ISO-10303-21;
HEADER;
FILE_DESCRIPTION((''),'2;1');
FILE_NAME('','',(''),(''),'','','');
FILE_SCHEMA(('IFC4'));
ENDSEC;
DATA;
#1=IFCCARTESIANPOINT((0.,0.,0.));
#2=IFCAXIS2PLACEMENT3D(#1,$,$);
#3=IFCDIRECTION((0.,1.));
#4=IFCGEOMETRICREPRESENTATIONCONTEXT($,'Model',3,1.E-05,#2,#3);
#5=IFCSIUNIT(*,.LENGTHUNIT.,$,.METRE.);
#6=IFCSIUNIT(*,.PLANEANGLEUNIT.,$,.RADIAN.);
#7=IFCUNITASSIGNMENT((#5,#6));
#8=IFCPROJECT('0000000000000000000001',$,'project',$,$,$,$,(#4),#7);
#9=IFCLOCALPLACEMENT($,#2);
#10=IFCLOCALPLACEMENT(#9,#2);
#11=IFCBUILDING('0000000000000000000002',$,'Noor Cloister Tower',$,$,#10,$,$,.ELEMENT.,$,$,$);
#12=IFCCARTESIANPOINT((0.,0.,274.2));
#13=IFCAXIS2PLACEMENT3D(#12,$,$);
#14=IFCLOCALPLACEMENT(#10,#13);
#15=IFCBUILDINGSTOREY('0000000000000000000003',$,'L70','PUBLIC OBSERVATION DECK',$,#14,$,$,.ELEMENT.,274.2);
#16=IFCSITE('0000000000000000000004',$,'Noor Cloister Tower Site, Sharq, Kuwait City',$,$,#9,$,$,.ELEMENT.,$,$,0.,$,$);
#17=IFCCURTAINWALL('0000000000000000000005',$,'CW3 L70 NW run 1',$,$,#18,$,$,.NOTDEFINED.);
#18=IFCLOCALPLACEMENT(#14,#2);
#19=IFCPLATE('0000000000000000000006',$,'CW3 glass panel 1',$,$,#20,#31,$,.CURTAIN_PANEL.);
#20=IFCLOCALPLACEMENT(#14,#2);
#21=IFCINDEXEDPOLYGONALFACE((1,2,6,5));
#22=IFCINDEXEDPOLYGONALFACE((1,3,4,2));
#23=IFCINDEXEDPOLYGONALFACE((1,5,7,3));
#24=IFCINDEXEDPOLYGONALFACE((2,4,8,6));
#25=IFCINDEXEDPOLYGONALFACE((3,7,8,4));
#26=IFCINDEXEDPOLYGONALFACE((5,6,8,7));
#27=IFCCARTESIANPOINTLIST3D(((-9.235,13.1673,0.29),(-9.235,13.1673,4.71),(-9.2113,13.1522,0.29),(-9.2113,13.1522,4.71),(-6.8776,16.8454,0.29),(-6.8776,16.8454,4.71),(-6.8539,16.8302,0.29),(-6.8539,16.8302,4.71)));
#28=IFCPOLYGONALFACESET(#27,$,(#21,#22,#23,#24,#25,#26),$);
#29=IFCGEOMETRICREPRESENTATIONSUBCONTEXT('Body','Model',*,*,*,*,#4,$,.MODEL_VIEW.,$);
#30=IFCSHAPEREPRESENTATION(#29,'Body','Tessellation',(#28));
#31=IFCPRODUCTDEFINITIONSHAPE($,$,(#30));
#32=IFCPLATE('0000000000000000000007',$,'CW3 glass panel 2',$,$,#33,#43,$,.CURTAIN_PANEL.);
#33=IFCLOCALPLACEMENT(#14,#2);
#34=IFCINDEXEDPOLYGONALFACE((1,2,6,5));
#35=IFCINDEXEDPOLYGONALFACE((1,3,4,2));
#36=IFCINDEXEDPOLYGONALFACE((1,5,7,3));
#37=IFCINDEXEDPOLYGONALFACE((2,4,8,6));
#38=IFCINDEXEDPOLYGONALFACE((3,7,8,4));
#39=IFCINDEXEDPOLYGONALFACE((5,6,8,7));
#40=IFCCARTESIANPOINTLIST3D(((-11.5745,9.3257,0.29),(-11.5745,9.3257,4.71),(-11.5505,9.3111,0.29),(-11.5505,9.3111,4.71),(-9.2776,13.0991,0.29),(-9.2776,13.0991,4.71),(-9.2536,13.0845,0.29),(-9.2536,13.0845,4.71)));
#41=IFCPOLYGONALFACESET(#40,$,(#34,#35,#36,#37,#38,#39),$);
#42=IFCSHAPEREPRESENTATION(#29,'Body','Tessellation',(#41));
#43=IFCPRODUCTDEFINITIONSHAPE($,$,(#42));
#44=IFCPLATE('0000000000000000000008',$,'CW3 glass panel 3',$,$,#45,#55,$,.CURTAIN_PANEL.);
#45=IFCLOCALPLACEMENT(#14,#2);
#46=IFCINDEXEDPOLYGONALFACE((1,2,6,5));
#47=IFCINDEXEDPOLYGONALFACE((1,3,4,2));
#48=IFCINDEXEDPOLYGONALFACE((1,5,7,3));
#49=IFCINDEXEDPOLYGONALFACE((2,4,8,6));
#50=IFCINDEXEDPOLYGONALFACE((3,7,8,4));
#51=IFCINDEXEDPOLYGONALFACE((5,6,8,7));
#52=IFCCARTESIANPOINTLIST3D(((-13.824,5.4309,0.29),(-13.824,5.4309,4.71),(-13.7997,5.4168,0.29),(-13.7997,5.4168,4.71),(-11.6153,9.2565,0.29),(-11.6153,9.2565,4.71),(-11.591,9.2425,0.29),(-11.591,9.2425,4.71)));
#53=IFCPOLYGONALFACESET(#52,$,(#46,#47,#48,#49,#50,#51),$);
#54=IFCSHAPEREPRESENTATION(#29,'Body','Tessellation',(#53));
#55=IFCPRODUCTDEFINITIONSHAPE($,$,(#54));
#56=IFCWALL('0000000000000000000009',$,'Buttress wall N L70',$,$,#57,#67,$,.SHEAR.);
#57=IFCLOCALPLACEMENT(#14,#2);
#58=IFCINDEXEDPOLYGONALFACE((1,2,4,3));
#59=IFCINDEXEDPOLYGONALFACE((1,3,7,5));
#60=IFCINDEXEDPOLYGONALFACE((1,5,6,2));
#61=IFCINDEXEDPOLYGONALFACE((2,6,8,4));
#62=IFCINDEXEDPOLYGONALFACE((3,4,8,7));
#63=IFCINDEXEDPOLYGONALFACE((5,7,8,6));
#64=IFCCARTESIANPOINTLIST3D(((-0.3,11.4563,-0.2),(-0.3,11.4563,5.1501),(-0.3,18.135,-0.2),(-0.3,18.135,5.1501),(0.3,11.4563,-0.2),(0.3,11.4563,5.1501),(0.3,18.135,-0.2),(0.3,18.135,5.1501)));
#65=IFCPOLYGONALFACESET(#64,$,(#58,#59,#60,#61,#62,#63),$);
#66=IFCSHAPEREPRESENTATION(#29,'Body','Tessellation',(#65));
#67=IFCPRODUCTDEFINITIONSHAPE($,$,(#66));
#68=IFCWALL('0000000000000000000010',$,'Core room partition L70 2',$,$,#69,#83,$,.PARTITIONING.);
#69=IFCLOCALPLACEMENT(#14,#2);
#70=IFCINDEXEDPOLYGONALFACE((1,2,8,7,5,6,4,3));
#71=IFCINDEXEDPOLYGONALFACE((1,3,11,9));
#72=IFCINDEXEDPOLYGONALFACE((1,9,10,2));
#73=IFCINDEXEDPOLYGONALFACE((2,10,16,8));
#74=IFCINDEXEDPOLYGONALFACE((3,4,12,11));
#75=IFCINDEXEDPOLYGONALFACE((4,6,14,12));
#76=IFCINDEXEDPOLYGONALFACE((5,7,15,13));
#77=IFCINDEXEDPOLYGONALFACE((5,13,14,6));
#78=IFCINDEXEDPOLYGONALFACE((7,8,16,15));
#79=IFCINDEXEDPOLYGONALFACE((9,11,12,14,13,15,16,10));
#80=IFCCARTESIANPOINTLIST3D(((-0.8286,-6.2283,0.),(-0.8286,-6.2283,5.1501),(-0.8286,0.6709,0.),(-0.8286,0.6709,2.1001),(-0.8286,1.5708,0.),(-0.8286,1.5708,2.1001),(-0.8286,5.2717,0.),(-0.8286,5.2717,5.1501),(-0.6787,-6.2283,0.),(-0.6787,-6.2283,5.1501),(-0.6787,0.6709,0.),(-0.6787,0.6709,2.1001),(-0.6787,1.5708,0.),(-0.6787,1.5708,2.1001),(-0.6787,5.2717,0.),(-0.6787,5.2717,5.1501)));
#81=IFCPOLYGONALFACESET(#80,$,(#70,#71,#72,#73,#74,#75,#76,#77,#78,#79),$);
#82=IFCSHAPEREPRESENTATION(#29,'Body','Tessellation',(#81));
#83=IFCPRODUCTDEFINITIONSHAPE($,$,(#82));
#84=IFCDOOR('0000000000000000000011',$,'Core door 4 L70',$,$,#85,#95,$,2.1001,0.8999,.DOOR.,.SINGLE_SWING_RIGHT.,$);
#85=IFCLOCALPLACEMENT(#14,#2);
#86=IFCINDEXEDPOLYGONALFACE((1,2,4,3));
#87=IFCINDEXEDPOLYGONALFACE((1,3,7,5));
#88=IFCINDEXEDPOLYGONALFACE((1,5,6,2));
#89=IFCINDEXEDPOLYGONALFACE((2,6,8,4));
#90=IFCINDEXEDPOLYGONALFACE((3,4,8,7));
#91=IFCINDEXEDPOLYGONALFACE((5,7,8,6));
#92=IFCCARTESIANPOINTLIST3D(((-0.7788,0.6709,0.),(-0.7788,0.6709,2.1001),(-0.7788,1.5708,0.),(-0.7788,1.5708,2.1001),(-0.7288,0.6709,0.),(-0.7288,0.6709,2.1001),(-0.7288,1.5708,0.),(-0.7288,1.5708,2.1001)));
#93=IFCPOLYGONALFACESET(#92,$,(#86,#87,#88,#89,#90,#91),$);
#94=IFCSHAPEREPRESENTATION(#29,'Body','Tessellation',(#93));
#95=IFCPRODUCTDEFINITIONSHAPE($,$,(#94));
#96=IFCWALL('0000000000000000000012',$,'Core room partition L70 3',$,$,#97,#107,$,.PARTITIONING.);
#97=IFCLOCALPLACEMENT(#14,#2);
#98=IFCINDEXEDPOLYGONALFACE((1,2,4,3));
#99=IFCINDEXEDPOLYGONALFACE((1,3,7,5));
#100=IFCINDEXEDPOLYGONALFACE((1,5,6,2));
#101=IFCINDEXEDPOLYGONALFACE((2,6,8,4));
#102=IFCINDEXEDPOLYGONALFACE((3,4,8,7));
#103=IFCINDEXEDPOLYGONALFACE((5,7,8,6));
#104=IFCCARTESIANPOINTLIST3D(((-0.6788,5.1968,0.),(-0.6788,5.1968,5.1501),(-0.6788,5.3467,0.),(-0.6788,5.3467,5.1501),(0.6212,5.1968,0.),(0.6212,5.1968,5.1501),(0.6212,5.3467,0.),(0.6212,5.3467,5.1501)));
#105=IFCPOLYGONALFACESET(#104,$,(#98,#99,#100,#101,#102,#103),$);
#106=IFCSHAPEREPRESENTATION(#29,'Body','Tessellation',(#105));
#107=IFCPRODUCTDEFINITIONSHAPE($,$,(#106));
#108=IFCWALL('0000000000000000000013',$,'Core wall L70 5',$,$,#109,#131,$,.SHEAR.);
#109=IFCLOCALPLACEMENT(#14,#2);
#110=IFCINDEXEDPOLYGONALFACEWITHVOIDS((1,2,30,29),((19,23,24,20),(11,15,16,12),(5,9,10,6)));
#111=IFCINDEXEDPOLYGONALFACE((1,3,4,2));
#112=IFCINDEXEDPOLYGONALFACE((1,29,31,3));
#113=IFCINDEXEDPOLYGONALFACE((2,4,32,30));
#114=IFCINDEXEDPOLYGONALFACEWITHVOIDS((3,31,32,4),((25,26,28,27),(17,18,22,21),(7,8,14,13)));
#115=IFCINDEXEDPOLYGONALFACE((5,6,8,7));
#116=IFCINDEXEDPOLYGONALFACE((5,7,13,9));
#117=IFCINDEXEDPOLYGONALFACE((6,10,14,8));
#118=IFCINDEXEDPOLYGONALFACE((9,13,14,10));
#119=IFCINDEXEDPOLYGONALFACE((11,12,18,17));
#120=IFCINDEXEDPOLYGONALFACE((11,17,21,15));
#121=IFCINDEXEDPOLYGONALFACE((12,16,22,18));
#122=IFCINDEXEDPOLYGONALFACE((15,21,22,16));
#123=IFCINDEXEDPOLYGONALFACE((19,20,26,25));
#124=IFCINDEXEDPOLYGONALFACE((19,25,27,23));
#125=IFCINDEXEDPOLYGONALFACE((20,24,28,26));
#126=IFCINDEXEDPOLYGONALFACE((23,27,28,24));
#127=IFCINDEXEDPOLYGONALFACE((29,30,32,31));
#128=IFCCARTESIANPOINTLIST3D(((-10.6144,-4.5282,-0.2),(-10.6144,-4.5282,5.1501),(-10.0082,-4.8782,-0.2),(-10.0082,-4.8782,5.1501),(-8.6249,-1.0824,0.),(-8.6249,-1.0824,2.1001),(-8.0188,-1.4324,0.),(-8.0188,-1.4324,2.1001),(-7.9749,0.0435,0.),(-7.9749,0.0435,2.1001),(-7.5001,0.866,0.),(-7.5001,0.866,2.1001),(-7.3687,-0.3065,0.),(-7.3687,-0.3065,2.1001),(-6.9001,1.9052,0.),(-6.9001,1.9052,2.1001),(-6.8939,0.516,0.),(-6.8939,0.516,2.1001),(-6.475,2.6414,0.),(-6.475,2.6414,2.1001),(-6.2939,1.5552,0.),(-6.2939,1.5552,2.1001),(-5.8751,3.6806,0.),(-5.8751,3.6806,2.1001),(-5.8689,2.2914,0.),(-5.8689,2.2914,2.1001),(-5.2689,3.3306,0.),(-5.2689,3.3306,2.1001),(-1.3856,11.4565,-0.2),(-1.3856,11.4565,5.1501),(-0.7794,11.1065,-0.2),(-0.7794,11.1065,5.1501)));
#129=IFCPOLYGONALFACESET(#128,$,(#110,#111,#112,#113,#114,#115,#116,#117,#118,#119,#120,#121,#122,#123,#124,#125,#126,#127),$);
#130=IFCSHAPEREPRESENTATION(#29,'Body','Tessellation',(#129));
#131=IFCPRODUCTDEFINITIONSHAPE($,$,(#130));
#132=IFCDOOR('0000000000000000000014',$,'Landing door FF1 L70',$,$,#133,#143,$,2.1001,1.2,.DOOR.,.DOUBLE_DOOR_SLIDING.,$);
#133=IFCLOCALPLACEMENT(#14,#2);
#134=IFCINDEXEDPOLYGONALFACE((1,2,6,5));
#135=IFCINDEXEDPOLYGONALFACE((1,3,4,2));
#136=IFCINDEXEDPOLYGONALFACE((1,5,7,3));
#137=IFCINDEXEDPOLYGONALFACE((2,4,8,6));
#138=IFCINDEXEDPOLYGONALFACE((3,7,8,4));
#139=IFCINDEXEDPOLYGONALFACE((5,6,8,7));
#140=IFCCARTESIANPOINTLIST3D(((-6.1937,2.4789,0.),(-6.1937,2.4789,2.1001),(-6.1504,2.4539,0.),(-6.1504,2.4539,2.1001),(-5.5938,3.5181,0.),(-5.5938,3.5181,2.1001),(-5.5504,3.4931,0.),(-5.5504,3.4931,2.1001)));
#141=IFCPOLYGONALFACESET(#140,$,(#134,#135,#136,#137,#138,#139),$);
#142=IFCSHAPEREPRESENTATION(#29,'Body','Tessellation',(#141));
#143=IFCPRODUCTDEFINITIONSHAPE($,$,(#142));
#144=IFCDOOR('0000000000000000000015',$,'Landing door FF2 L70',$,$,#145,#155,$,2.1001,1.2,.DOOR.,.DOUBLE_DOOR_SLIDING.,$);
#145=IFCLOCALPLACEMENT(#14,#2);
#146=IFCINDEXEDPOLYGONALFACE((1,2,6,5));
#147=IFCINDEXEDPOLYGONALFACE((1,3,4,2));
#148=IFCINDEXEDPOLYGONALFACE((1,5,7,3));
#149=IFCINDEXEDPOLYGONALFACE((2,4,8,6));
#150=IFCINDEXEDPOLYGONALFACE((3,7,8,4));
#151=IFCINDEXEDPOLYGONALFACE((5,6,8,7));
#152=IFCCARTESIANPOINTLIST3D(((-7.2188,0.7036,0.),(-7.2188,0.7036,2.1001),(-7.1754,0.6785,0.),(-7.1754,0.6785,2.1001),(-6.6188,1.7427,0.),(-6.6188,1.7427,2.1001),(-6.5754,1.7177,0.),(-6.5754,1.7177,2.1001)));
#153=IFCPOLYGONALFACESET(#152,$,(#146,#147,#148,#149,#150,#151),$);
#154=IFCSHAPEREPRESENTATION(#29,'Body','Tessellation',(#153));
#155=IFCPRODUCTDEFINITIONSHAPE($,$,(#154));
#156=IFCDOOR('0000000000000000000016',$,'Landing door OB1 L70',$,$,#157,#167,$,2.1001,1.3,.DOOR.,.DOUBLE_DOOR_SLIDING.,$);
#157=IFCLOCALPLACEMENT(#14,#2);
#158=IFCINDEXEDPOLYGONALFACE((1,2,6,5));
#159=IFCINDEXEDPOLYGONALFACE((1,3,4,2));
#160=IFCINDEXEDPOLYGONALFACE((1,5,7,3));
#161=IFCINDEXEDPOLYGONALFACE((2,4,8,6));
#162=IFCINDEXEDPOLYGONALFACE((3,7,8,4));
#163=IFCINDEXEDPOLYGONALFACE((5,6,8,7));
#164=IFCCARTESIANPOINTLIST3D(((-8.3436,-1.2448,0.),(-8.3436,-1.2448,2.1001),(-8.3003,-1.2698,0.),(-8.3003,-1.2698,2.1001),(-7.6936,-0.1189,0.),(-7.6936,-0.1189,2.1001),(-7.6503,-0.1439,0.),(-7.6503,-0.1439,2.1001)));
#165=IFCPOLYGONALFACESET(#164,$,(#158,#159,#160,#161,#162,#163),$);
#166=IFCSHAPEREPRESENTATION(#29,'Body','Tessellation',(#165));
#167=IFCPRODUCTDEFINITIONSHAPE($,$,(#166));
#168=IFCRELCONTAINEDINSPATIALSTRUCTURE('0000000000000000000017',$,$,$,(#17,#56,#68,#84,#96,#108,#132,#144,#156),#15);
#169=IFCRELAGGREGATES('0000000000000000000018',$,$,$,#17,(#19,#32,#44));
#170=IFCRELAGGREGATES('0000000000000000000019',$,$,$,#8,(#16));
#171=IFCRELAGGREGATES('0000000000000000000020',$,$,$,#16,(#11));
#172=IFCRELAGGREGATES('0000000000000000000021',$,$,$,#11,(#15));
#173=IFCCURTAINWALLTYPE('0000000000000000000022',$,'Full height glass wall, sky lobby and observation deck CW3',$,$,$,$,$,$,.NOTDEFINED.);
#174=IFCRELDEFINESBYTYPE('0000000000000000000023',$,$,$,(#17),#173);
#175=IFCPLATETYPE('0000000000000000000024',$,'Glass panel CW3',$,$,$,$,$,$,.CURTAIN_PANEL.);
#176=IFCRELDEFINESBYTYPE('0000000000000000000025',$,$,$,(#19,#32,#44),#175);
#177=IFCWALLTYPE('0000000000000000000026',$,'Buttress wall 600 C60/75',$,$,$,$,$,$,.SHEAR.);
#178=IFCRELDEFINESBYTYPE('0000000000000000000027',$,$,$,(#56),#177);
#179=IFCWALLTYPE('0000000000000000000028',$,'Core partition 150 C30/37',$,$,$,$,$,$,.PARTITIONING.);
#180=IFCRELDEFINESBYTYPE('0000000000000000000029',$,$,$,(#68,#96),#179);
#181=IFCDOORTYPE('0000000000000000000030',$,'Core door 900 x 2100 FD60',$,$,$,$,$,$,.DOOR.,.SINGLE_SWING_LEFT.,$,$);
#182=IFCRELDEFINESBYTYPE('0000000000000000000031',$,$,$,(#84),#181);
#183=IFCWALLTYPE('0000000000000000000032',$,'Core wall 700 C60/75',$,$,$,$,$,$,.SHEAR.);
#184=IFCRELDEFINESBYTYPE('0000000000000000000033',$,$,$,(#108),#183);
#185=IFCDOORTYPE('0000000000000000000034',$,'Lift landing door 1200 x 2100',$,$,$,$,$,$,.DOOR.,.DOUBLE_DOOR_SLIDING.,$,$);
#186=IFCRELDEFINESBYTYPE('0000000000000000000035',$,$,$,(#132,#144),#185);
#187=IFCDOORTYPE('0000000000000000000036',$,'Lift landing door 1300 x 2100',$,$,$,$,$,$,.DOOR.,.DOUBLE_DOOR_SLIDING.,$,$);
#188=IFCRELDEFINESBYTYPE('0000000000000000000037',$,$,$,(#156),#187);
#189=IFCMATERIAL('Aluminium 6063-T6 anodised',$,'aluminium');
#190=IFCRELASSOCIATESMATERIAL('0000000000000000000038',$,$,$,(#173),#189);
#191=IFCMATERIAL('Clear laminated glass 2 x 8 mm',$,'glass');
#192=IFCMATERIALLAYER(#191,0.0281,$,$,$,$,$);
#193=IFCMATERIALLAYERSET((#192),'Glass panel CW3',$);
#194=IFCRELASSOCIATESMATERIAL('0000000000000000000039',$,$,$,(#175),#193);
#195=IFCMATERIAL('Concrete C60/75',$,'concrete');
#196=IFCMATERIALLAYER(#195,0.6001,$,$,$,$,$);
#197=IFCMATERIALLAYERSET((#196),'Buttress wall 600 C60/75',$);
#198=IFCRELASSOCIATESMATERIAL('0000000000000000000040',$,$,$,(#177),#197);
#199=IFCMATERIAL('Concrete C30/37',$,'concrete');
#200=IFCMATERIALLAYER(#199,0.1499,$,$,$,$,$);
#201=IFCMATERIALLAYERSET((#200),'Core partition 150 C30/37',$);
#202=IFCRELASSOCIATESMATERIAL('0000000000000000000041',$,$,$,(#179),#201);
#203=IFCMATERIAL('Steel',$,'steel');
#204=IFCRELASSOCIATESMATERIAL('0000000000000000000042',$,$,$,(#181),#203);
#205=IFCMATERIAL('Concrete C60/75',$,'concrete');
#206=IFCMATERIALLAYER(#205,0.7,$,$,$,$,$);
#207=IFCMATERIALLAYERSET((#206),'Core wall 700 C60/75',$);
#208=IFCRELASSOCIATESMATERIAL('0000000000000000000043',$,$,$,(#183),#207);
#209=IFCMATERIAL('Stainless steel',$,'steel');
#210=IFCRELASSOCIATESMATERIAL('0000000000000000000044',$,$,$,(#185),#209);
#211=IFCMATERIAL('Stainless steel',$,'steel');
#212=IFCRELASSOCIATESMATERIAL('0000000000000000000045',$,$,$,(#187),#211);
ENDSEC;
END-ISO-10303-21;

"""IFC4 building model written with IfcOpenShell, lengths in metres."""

from ifc_helpers import new_model, si_unit, direction, frame, frame_2d, origin, origin_2d, place, context, subcontext, project, spatial, rectangle, extrude, material, layer, layer_set, type_object, element, fill, aggregate, save


model = new_model("IFC4")

# Units and contexts
model_context = context("Model", 3, precision=1e-05, world=origin(), true_north=direction((0.0, 1.0)))
body_context = subcontext(model_context, "Body", "Model", "MODEL_VIEW")
ifc_project = project(units=[si_unit("LENGTHUNIT", "METRE"), si_unit("PLANEANGLEUNIT", "RADIAN")], contexts=[model_context])

# Site, building, storey
site_placement = place(None, origin())
site = spatial("IfcSite", under=ifc_project, at=site_placement, Name="Noor Cloister Tower Site, Sharq, Kuwait City", CompositionType="ELEMENT", RefElevation=0.0)
building_placement = place(site_placement, origin())
building = spatial("IfcBuilding", under=site, at=building_placement, Name="Noor Cloister Tower", CompositionType="ELEMENT")
storey_placement = place(building_placement, frame((0.0, 0.0, 274.2)))
storey = spatial("IfcBuildingStorey", under=building, at=storey_placement, Name="L70", Description="PUBLIC OBSERVATION DECK", CompositionType="ELEMENT", Elevation=274.2)

# Curtain wall
ifc_material_1 = material(Name="Aluminium 6063-T6 anodised", Category="aluminium")
curtain_wall_type = type_object("IfcCurtainWallType", Name="Full height glass wall, sky lobby and observation deck CW3", PredefinedType="NOTDEFINED", material=ifc_material_1)
curtain_wall_placement = place(storey_placement, origin())
curtain_wall = element("IfcCurtainWall", 1, at=curtain_wall_placement, inside=storey, type_object=curtain_wall_type, Name="CW3 L70 NW run 1", PredefinedType="NOTDEFINED")

# Plates
ifc_material_2 = material(Name="Clear laminated glass 2 x 8 mm", Category="glass")
ifc_layer_1 = layer(ifc_material_2, 0.0281)
ifc_layer_set_1 = layer_set([ifc_layer_1], Name="Glass panel CW3")
plate_type = type_object("IfcPlateType", Name="Glass panel CW3", PredefinedType="CURTAIN_PANEL", material=ifc_layer_set_1)
plate_1_placement = place(storey_placement, frame((-8.0444, 14.9988, 0.29), z_axis=(0.0, 0.0, 1.0), x_axis=(-0.539618, -0.84191, 0.0)))
plate_1 = element("IfcPlate", 2, at=plate_1_placement, type_object=plate_type, Name="CW3 glass panel 1", PredefinedType="CURTAIN_PANEL", context=body_context, shape_type="SweptSolid", body=[
    extrude(rectangle(XDim=4.3687, YDim=0.0281, at=origin_2d()), origin(), (0.0, 0.0, 1.0), 4.4199),
])
plate_2_placement = place(storey_placement, frame((-10.4141, 11.2051, 0.29), z_axis=(0.0, 0.0, 1.0), x_axis=(-0.519949, -0.854197, 0.0)))
plate_2 = element("IfcPlate", 3, at=plate_2_placement, type_object=plate_type, Name="CW3 glass panel 2", PredefinedType="CURTAIN_PANEL", context=body_context, shape_type="SweptSolid", body=[
    extrude(rectangle(XDim=4.4175, YDim=0.0281, at=origin_2d()), origin(), (0.0, 0.0, 1.0), 4.4199),
])
plate_3_placement = place(storey_placement, frame((-12.7075, 7.3367, 0.29), z_axis=(0.0, 0.0, 1.0), x_axis=(-0.5, -0.866025, 0.0)))
plate_3 = element("IfcPlate", 4, at=plate_3_placement, type_object=plate_type, Name="CW3 glass panel 3", PredefinedType="CURTAIN_PANEL", context=body_context, shape_type="SweptSolid", body=[
    extrude(rectangle(XDim=4.4175, YDim=0.0281, at=origin_2d()), origin(), (0.0, 0.0, 1.0), 4.4199),
])
aggregate(curtain_wall, [plate_1, plate_2, plate_3])

# Wall
ifc_material_3 = material(Name="Concrete C60/75", Category="concrete")
ifc_layer_2 = layer(ifc_material_3, 0.6001)
ifc_layer_set_2 = layer_set([ifc_layer_2], Name="Buttress wall 600 C60/75")
wall_type_1 = type_object("IfcWallType", Name="Buttress wall 600 C60/75", PredefinedType="SHEAR", material=ifc_layer_set_2)
wall_1_placement = place(storey_placement, frame((0.0, 11.4563, -0.2), z_axis=(0.0, 0.0, 1.0), x_axis=(0.0, 1.0, 0.0)))
element("IfcWall", 5, at=wall_1_placement, inside=storey, type_object=wall_type_1, Name="Buttress wall N L70", PredefinedType="SHEAR", context=body_context, shape_type="SweptSolid", body=[
    extrude(rectangle(XDim=6.6787, YDim=0.6001, at=frame_2d((3.3394, 0.0))), origin(), (0.0, 0.0, 1.0), 5.3501),
])

# Wall, opening, door
ifc_material_4 = material(Name="Concrete C30/37", Category="concrete")
ifc_layer_3 = layer(ifc_material_4, 0.1499)
ifc_layer_set_3 = layer_set([ifc_layer_3], Name="Core partition 150 C30/37")
wall_type_2 = type_object("IfcWallType", Name="Core partition 150 C30/37", PredefinedType="PARTITIONING", material=ifc_layer_set_3)
wall_2_placement = place(storey_placement, frame((-0.7537, 5.2717, 0.0), z_axis=(0.0, 0.0, 1.0), x_axis=(0.0, -1.0, 0.0)))
wall_2 = element("IfcWall", 6, at=wall_2_placement, inside=storey, type_object=wall_type_2, Name="Core room partition L70 2", PredefinedType="PARTITIONING", context=body_context, shape_type="SweptSolid", body=[
    extrude(rectangle(XDim=11.5, YDim=0.1499, at=frame_2d((5.75, 0.0))), origin(), (0.0, 0.0, 1.0), 5.1501),
])
opening_1_placement = place(wall_2_placement, frame((3.7009, 0.0, 0.0)))
opening_1 = element("IfcOpeningElement", 7, at=opening_1_placement, cuts=wall_2, PredefinedType="OPENING", context=body_context, shape_type="SweptSolid", body=[
    extrude(rectangle(XDim=0.8999, YDim=2.1001, at=frame_2d((0.45, 1.05))), frame((0.0, 0.085, 0.0), z_axis=(0.0, -1.0, 0.0), x_axis=(1.0, 0.0, 0.0)), (0.0, 0.0, 1.0), 0.1699),
])
ifc_material_5 = material(Name="Steel", Category="steel")
door_type_1 = type_object("IfcDoorType", Name="Core door 900 x 2100 FD60", OperationType="SINGLE_SWING_LEFT", PredefinedType="DOOR", material=ifc_material_5)
door_1_placement = place(opening_1_placement, origin())
door_1 = element("IfcDoor", 8, at=door_1_placement, inside=storey, type_object=door_type_1, Name="Core door 4 L70", OperationType="SINGLE_SWING_RIGHT", OverallHeight=2.1001, OverallWidth=0.8999, PredefinedType="DOOR", context=body_context, shape_type="SweptSolid", body=[
    extrude(rectangle(XDim=0.8999, YDim=2.1001, at=frame_2d((0.45, 1.05))), frame((0.0, 0.0249, 0.0), z_axis=(0.0, -1.0, 0.0), x_axis=(1.0, 0.0, 0.0)), (0.0, 0.0, 1.0), 0.05),
])
fill(opening_1, door_1)

# Wall
wall_3_placement = place(storey_placement, frame((-0.6787, 5.2717, 0.0), z_axis=(0.0, 0.0, 1.0), x_axis=(1.0, 0.0, 0.0)))
element("IfcWall", 9, at=wall_3_placement, inside=storey, type_object=wall_type_2, Name="Core room partition L70 3", PredefinedType="PARTITIONING", context=body_context, shape_type="SweptSolid", body=[
    extrude(rectangle(XDim=1.3, YDim=0.1499, at=frame_2d((0.6499, 0.0))), origin(), (0.0, 0.0, 1.0), 5.1501),
])

# Wall, openings, doors
ifc_material_6 = material(Name="Concrete C60/75", Category="concrete")
ifc_layer_4 = layer(ifc_material_6, 0.7)
ifc_layer_set_4 = layer_set([ifc_layer_4], Name="Core wall 700 C60/75")
wall_type_3 = type_object("IfcWallType", Name="Core wall 700 C60/75", PredefinedType="SHEAR", material=ifc_layer_set_4)
wall_4_placement = place(storey_placement, frame((-1.0825, 11.2815, -0.2), z_axis=(0.0, 0.0, 1.0), x_axis=(-0.500001, -0.866025, 0.0)))
wall_4 = element("IfcWall", 10, at=wall_4_placement, inside=storey, type_object=wall_type_3, Name="Core wall L70 5", PredefinedType="SHEAR", context=body_context, shape_type="SweptSolid", body=[
    extrude(rectangle(XDim=18.4575, YDim=0.7, at=frame_2d((9.2288, 0.0))), origin(), (0.0, 0.0, 1.0), 5.3501),
])
opening_2_placement = place(wall_4_placement, frame((8.9788, 0.0, 0.2)))
opening_2 = element("IfcOpeningElement", 11, at=opening_2_placement, cuts=wall_4, PredefinedType="OPENING", context=body_context, shape_type="SweptSolid", body=[
    extrude(rectangle(XDim=1.2, YDim=2.1001, at=frame_2d((0.6001, 1.05))), frame((0.0, 0.3599, 0.0), z_axis=(0.0, -1.0, 0.0), x_axis=(1.0, 0.0, 0.0)), (0.0, 0.0, 1.0), 0.72),
])
opening_3_placement = place(wall_4_placement, frame((11.0288, 0.0, 0.2)))
opening_3 = element("IfcOpeningElement", 12, at=opening_3_placement, cuts=wall_4, PredefinedType="OPENING", context=body_context, shape_type="SweptSolid", body=[
    extrude(rectangle(XDim=1.2, YDim=2.1001, at=frame_2d((0.6001, 1.05))), frame((0.0, 0.3599, 0.0), z_axis=(0.0, -1.0, 0.0), x_axis=(1.0, 0.0, 0.0)), (0.0, 0.0, 1.0), 0.72),
])
opening_4_placement = place(wall_4_placement, frame((13.1787, 0.0, 0.2)))
opening_4 = element("IfcOpeningElement", 13, at=opening_4_placement, cuts=wall_4, PredefinedType="OPENING", context=body_context, shape_type="SweptSolid", body=[
    extrude(rectangle(XDim=1.3, YDim=2.1001, at=frame_2d((0.6499, 1.05))), frame((0.0, 0.3599, 0.0), z_axis=(0.0, -1.0, 0.0), x_axis=(1.0, 0.0, 0.0)), (0.0, 0.0, 1.0), 0.72),
])
ifc_material_7 = material(Name="Stainless steel", Category="steel")
door_type_2 = type_object("IfcDoorType", Name="Lift landing door 1200 x 2100", OperationType="DOUBLE_DOOR_SLIDING", PredefinedType="DOOR", material=ifc_material_7)
door_2_placement = place(opening_2_placement, origin())
door_2 = element("IfcDoor", 14, at=door_2_placement, inside=storey, type_object=door_type_2, Name="Landing door FF1 L70", OperationType="DOUBLE_DOOR_SLIDING", OverallHeight=2.1001, OverallWidth=1.2, PredefinedType="DOOR", context=body_context, shape_type="SweptSolid", body=[
    extrude(rectangle(XDim=1.2, YDim=2.1001, at=frame_2d((0.6001, 1.05))), frame((0.0, 0.0249, 0.0), z_axis=(0.0, -1.0, 0.0), x_axis=(1.0, 0.0, 0.0)), (0.0, 0.0, 1.0), 0.05),
])
fill(opening_2, door_2)
door_3_placement = place(opening_3_placement, origin())
door_3 = element("IfcDoor", 15, at=door_3_placement, inside=storey, type_object=door_type_2, Name="Landing door FF2 L70", OperationType="DOUBLE_DOOR_SLIDING", OverallHeight=2.1001, OverallWidth=1.2, PredefinedType="DOOR", context=body_context, shape_type="SweptSolid", body=[
    extrude(rectangle(XDim=1.2, YDim=2.1001, at=frame_2d((0.6001, 1.05))), frame((0.0, 0.0249, 0.0), z_axis=(0.0, -1.0, 0.0), x_axis=(1.0, 0.0, 0.0)), (0.0, 0.0, 1.0), 0.05),
])
fill(opening_3, door_3)
ifc_material_8 = material(Name="Stainless steel", Category="steel")
door_type_3 = type_object("IfcDoorType", Name="Lift landing door 1300 x 2100", OperationType="DOUBLE_DOOR_SLIDING", PredefinedType="DOOR", material=ifc_material_8)
door_4_placement = place(opening_4_placement, origin())
door_4 = element("IfcDoor", 16, at=door_4_placement, inside=storey, type_object=door_type_3, Name="Landing door OB1 L70", OperationType="DOUBLE_DOOR_SLIDING", OverallHeight=2.1001, OverallWidth=1.3, PredefinedType="DOOR", context=body_context, shape_type="SweptSolid", body=[
    extrude(rectangle(XDim=1.3, YDim=2.1001, at=frame_2d((0.6499, 1.05))), frame((0.0, 0.0249, 0.0), z_axis=(0.0, -1.0, 0.0), x_axis=(1.0, 0.0, 0.0)), (0.0, 0.0, 1.0), 0.05),
])
fill(opening_4, door_4)

save(model, "model.ifc")
